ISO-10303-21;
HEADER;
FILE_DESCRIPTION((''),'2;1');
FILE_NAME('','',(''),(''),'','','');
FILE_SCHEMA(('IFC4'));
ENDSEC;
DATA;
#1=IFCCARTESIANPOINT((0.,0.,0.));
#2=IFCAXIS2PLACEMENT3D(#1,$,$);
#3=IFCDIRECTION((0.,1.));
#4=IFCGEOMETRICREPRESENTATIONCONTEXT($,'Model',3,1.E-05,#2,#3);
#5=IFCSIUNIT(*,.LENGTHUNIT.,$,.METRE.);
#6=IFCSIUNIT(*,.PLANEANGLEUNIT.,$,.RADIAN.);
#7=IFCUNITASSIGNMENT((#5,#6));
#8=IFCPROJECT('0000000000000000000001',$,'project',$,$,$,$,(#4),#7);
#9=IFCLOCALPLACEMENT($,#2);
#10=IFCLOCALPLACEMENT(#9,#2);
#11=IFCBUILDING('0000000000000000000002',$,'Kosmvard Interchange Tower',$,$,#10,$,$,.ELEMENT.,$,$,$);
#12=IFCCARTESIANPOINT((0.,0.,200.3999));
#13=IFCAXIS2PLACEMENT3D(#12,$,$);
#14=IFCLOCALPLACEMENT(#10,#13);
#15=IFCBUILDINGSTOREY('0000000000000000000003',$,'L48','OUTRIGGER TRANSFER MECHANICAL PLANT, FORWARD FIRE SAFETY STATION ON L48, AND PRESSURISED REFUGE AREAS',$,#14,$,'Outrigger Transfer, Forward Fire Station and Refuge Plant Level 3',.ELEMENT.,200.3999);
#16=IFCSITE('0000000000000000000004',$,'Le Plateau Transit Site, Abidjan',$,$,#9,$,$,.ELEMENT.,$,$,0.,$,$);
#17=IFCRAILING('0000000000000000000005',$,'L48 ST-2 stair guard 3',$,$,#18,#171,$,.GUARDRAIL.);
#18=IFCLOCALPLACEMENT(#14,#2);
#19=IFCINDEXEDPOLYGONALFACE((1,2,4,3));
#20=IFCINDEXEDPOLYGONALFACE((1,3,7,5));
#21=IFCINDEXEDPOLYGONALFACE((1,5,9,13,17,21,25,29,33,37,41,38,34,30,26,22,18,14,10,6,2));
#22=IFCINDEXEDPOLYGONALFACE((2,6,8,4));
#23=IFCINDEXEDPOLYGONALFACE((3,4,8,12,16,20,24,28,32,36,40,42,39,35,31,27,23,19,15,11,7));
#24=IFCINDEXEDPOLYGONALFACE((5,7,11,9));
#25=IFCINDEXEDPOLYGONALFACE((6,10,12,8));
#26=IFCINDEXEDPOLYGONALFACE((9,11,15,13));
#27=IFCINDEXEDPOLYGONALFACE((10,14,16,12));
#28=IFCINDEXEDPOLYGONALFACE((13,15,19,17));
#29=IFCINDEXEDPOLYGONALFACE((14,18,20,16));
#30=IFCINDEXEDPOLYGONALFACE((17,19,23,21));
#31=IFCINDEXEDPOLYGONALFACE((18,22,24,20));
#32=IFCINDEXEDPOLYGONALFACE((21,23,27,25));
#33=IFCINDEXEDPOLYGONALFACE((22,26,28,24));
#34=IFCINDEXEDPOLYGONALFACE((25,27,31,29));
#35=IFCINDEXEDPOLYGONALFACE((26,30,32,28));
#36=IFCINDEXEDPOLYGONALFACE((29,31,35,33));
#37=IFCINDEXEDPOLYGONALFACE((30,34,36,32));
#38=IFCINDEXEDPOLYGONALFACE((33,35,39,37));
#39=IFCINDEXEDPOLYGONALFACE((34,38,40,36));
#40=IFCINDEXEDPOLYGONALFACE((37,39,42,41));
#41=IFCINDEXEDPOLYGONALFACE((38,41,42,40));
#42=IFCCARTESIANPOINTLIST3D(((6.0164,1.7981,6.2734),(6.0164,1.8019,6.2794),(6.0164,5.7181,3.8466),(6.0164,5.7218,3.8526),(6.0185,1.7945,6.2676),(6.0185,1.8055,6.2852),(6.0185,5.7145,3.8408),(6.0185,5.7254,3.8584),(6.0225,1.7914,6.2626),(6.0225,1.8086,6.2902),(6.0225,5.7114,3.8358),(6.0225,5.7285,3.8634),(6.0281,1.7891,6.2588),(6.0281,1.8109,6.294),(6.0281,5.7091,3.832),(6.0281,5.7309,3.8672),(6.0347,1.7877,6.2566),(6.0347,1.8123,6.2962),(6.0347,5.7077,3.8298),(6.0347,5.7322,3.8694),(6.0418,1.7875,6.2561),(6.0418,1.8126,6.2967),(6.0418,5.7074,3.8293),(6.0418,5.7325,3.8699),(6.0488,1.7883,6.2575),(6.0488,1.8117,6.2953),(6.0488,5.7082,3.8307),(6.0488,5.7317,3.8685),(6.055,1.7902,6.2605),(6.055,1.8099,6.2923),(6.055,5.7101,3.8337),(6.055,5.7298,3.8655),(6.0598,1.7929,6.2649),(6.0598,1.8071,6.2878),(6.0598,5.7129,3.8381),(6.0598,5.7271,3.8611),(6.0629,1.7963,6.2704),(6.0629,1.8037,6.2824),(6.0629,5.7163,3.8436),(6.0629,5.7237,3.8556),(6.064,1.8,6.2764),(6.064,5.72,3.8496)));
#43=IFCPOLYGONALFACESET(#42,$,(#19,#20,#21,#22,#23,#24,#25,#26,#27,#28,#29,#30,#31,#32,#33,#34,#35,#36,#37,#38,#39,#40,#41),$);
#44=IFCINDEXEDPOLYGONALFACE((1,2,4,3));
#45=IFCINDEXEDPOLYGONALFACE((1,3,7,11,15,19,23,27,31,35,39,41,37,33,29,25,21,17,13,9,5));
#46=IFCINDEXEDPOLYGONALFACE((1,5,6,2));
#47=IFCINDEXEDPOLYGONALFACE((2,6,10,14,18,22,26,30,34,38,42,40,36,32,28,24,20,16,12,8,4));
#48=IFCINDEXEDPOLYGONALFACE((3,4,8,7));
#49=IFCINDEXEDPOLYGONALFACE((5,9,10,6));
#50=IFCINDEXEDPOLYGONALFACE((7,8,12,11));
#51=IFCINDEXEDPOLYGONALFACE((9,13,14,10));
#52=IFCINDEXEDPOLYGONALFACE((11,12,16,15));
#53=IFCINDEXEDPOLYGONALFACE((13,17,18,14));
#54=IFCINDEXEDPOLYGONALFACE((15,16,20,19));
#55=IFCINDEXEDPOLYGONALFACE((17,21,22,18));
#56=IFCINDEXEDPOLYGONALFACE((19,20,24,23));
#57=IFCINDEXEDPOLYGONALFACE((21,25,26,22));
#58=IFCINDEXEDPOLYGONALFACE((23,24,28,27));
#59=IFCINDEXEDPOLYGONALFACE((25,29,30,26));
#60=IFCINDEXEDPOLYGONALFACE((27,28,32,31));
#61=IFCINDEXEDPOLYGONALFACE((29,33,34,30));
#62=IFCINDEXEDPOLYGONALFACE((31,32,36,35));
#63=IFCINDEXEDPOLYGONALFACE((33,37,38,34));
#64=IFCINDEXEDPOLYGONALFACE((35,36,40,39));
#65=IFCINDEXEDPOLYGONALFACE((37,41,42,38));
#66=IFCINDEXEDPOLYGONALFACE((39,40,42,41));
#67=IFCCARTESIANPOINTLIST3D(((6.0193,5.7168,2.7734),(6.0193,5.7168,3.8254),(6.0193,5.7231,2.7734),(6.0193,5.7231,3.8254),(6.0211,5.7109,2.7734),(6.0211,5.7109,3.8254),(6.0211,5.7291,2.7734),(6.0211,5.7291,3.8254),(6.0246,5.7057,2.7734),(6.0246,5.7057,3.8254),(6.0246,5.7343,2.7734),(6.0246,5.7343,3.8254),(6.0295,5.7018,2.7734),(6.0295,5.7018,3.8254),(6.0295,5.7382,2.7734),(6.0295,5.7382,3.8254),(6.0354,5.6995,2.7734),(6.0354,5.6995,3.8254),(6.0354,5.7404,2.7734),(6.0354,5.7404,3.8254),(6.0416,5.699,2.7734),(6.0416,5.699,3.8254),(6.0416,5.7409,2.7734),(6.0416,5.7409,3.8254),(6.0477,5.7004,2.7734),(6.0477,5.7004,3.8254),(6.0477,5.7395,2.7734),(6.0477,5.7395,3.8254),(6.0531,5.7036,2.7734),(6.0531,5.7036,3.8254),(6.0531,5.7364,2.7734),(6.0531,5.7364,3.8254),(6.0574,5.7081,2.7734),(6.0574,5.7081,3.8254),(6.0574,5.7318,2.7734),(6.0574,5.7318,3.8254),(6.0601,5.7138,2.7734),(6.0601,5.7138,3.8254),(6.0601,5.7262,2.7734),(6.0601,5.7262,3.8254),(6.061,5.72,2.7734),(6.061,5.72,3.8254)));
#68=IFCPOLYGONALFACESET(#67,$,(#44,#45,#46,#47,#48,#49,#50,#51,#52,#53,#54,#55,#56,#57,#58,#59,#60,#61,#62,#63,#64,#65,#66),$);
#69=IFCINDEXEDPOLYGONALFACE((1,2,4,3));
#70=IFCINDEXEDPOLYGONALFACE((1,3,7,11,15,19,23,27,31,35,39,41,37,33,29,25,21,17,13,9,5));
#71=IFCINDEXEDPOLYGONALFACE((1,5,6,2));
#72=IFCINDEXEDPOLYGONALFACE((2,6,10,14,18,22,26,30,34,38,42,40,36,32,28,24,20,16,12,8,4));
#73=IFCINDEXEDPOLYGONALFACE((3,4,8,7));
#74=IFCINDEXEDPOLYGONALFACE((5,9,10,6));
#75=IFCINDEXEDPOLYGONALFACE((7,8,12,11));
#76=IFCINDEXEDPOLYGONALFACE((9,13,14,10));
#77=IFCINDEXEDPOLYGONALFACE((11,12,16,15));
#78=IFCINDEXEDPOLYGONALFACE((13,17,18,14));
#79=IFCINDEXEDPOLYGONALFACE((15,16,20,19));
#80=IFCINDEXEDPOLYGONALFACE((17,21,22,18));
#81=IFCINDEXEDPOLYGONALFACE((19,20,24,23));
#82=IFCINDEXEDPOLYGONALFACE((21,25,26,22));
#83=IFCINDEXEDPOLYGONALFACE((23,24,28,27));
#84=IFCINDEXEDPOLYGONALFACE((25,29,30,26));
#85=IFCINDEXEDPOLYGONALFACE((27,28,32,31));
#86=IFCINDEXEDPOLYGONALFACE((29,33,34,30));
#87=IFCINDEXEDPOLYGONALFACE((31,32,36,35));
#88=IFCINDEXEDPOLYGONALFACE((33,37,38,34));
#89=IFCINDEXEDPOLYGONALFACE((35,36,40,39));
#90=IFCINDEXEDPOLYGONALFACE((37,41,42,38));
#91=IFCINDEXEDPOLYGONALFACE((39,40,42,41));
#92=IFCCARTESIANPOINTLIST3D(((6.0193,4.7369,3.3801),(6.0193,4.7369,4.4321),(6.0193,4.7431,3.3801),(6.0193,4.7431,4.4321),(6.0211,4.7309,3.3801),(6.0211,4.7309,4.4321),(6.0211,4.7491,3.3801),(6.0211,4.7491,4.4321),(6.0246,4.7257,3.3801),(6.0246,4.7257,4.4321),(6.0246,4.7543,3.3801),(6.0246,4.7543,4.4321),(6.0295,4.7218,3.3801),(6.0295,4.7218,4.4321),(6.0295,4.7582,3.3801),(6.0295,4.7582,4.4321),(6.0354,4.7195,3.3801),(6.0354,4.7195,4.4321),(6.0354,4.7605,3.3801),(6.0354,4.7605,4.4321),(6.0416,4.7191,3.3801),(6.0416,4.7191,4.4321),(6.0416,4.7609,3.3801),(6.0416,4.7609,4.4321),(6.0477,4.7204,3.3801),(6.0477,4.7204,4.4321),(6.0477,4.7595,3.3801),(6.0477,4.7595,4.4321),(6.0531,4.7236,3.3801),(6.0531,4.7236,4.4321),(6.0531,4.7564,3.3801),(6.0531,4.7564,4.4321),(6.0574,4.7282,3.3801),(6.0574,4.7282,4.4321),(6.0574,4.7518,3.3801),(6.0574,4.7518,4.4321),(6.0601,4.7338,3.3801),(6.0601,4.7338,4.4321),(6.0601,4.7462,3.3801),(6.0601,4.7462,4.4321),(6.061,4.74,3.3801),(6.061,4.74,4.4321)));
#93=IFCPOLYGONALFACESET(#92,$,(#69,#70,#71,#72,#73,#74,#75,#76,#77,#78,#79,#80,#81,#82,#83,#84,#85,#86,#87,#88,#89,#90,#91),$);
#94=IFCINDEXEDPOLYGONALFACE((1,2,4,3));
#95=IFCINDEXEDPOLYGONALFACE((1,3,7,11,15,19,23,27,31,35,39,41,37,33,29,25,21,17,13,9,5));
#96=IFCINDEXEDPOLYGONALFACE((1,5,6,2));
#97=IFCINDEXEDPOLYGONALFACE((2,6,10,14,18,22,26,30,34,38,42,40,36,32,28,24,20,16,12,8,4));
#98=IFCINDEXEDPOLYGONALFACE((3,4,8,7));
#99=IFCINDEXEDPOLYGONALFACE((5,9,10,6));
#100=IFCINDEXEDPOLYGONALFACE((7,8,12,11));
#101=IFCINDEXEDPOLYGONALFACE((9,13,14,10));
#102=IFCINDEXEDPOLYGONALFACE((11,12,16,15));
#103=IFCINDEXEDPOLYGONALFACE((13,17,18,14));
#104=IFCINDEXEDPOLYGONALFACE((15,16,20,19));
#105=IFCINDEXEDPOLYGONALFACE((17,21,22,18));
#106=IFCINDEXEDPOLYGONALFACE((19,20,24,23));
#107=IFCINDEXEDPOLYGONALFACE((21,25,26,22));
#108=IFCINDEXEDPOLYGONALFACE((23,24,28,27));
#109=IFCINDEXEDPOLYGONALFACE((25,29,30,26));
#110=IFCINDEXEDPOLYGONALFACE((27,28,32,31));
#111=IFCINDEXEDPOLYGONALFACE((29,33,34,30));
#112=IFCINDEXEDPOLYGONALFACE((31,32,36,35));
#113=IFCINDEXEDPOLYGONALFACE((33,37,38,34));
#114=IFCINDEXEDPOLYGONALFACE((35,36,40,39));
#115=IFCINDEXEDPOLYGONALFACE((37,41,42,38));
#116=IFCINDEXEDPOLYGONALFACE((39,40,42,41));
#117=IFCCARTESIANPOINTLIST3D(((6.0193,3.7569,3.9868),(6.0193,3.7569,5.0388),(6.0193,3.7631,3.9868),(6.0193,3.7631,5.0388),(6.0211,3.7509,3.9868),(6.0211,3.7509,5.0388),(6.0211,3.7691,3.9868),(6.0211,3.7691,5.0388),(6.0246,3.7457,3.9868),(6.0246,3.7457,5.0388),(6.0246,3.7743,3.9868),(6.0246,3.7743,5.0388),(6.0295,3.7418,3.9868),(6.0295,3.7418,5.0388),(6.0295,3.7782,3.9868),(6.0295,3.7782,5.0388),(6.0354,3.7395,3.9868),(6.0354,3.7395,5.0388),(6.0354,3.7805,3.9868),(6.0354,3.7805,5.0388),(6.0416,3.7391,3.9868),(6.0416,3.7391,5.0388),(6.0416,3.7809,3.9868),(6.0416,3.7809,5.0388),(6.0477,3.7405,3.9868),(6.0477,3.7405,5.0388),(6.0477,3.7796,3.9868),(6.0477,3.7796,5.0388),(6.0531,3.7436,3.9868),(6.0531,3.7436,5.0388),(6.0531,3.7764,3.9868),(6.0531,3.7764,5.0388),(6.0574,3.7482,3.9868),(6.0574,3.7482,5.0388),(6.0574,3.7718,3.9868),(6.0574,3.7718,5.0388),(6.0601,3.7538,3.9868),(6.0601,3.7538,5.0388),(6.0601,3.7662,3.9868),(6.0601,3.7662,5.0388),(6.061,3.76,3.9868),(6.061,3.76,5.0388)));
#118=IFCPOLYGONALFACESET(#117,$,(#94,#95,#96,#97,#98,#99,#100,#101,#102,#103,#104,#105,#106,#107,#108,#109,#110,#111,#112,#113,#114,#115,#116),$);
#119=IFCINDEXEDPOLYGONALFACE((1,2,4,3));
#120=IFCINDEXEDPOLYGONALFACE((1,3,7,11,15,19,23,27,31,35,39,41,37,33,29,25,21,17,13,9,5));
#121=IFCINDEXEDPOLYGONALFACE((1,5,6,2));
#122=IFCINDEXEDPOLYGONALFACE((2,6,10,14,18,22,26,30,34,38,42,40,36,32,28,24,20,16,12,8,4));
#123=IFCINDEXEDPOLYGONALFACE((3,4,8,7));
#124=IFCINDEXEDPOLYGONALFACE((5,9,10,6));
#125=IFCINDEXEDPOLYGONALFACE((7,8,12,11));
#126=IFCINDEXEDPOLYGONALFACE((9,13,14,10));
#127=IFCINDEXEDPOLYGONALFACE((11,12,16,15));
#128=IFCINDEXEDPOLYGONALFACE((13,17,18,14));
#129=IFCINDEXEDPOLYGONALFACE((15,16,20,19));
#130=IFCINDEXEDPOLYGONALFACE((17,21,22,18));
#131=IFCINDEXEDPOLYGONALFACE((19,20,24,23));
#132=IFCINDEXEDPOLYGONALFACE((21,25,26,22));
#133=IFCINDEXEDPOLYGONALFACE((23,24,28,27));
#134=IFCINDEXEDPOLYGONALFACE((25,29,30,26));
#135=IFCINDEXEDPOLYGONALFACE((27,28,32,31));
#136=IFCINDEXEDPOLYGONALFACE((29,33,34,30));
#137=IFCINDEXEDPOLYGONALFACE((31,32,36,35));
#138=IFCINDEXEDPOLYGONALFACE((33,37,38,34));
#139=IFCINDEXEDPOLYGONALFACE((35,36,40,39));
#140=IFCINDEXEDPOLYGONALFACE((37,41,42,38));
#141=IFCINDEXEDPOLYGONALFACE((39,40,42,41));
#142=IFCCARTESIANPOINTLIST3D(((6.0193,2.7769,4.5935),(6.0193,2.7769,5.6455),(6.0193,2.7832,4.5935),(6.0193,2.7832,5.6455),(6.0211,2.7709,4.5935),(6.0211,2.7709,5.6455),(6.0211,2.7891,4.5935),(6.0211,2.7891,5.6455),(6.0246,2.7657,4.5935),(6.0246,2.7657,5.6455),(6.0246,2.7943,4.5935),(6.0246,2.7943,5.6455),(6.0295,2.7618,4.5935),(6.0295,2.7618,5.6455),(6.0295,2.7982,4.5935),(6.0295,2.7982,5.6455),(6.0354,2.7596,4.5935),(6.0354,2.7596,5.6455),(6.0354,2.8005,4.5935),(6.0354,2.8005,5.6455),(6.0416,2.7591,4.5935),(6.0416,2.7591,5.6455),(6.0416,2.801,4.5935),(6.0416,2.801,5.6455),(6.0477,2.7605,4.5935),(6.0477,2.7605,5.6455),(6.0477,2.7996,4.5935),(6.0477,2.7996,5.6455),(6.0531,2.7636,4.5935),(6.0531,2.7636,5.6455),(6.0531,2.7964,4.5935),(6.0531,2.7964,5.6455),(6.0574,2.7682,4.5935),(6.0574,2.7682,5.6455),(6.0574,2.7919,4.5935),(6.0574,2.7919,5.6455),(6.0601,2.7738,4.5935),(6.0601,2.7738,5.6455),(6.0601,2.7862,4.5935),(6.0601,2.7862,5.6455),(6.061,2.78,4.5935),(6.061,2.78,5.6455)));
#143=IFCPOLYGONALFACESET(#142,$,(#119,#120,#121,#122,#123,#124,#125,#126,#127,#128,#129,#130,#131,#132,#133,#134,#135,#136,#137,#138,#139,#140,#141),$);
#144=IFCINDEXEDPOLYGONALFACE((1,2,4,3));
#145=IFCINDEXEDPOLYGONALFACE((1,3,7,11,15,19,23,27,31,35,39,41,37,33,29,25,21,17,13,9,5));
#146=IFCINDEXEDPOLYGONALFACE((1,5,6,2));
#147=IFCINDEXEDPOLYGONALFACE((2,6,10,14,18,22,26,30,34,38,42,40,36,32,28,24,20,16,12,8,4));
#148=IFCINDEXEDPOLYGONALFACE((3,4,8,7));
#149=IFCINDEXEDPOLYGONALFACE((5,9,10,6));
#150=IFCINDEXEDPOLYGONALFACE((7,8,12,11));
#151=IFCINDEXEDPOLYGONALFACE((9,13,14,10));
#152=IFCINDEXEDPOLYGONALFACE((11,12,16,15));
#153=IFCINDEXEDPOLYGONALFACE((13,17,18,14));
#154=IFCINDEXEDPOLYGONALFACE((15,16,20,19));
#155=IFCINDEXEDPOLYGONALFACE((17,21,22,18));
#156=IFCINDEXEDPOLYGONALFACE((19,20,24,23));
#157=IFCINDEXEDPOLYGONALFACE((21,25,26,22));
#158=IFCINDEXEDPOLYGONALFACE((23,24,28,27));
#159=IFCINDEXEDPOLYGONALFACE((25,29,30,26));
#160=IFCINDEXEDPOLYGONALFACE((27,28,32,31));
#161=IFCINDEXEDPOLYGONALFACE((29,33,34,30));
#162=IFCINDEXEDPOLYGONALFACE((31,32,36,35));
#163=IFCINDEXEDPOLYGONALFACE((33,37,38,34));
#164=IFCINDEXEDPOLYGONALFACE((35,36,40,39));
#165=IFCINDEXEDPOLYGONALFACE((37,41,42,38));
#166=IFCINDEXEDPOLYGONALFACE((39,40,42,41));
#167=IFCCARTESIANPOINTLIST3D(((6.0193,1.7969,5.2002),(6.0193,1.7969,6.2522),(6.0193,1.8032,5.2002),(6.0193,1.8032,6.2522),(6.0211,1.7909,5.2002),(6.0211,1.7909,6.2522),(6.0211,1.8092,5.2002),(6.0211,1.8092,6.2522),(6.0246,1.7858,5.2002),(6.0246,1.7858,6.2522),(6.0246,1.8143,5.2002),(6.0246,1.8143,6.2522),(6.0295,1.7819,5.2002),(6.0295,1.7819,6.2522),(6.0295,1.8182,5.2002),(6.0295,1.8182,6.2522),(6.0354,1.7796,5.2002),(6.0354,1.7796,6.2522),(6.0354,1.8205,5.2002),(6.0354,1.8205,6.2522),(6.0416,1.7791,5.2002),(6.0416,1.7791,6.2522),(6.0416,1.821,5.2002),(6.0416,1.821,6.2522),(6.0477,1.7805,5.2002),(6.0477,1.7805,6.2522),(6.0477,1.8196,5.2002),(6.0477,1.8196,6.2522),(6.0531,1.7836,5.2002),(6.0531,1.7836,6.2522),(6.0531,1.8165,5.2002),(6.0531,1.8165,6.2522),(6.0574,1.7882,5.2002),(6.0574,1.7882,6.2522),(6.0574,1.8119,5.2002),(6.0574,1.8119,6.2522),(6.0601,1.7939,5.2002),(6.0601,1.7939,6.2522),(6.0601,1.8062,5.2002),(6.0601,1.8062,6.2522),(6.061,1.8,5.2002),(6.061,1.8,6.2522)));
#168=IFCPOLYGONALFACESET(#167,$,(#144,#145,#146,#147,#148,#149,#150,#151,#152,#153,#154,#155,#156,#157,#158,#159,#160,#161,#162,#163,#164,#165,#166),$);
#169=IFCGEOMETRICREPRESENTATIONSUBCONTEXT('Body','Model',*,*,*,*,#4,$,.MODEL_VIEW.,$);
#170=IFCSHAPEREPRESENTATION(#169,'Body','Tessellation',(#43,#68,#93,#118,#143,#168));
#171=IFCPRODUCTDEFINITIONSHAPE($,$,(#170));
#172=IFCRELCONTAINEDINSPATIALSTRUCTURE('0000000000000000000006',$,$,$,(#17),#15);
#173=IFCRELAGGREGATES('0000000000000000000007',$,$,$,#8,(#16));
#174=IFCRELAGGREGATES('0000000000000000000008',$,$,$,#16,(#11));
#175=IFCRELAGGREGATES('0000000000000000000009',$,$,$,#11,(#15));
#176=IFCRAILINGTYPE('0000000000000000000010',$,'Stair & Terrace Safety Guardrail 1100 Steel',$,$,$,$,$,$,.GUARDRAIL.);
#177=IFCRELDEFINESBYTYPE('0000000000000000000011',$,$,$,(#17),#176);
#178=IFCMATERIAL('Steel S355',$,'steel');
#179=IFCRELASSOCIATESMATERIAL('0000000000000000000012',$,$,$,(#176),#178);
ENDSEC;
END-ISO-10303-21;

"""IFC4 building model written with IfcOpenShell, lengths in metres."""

from ifc_helpers import new_model, si_unit, direction, frame, origin, origin_2d, place, context, subcontext, project, spatial, circle, extrude, source, transform, mapped, material, type_object, element, save


model = new_model("IFC4")

# Units and contexts
model_context = context("Model", 3, precision=1e-05, world=origin(), true_north=direction((0.0, 1.0)))
body_context = subcontext(model_context, "Body", "Model", "MODEL_VIEW")
ifc_project = project(units=[si_unit("LENGTHUNIT", "METRE"), si_unit("PLANEANGLEUNIT", "RADIAN")], contexts=[model_context])

# Site, building, storey
site_placement = place(None, origin())
site = spatial("IfcSite", under=ifc_project, at=site_placement, Name="Le Plateau Transit Site, Abidjan", CompositionType="ELEMENT", RefElevation=0.0)
building_placement = place(site_placement, origin())
building = spatial("IfcBuilding", under=site, at=building_placement, Name="Kosmvard Interchange Tower", CompositionType="ELEMENT")
storey_placement = place(building_placement, frame((0.0, 0.0, 200.3999)))
storey = spatial("IfcBuildingStorey", under=building, at=storey_placement, Name="L48", Description="OUTRIGGER TRANSFER MECHANICAL PLANT, FORWARD FIRE SAFETY STATION ON L48, AND PRESSURISED REFUGE AREAS", LongName="Outrigger Transfer, Forward Fire Station and Refuge Plant Level 3", CompositionType="ELEMENT", Elevation=200.3999)

# Railing
ifc_material_1 = material(Name="Steel S355", Category="steel")
railing_type_1 = type_object("IfcRailingType", Name="Stair & Terrace Safety Guardrail 1100 Steel", PredefinedType="GUARDRAIL", material=ifc_material_1)
shared_shape_1 = source(origin(), body_context, "Body", "SweptSolid", [
    extrude(circle(Radius=0.0239, at=origin_2d()), frame((0.0, 0.0, 1.0762), z_axis=(0.0, -0.850252, 0.526376), x_axis=(1.0, 0.0, 0.0)), (0.0, 0.0, 1.0), 4.6104),
    extrude(circle(Radius=0.021, at=origin_2d()), origin(), (0.0, 0.0, 1.0), 1.052),
    extrude(circle(Radius=0.021, at=origin_2d()), frame((0.0, -0.98, 0.6067)), (0.0, 0.0, 1.0), 1.052),
    extrude(circle(Radius=0.021, at=origin_2d()), frame((0.0, -1.96, 1.2134)), (0.0, 0.0, 1.0), 1.052),
    extrude(circle(Radius=0.021, at=origin_2d()), frame((0.0, -2.9399, 1.8201)), (0.0, 0.0, 1.0), 1.052),
    extrude(circle(Radius=0.021, at=origin_2d()), frame((0.0, -3.9199, 2.4268)), (0.0, 0.0, 1.0), 1.052),
])
railing_1_placement = place(storey_placement, frame((6.04, 5.72, 2.7734)))
element("IfcRailing", 1, at=railing_1_placement, inside=storey, type_object=railing_type_1, Name="L48 ST-2 stair guard 3", PredefinedType="GUARDRAIL", context=body_context, shape_type="MappedRepresentation", body=[
    mapped(shared_shape_1, transform((0.0, 0.0, 0.0), scale=1.0)),
])

save(model, "model.ifc")
